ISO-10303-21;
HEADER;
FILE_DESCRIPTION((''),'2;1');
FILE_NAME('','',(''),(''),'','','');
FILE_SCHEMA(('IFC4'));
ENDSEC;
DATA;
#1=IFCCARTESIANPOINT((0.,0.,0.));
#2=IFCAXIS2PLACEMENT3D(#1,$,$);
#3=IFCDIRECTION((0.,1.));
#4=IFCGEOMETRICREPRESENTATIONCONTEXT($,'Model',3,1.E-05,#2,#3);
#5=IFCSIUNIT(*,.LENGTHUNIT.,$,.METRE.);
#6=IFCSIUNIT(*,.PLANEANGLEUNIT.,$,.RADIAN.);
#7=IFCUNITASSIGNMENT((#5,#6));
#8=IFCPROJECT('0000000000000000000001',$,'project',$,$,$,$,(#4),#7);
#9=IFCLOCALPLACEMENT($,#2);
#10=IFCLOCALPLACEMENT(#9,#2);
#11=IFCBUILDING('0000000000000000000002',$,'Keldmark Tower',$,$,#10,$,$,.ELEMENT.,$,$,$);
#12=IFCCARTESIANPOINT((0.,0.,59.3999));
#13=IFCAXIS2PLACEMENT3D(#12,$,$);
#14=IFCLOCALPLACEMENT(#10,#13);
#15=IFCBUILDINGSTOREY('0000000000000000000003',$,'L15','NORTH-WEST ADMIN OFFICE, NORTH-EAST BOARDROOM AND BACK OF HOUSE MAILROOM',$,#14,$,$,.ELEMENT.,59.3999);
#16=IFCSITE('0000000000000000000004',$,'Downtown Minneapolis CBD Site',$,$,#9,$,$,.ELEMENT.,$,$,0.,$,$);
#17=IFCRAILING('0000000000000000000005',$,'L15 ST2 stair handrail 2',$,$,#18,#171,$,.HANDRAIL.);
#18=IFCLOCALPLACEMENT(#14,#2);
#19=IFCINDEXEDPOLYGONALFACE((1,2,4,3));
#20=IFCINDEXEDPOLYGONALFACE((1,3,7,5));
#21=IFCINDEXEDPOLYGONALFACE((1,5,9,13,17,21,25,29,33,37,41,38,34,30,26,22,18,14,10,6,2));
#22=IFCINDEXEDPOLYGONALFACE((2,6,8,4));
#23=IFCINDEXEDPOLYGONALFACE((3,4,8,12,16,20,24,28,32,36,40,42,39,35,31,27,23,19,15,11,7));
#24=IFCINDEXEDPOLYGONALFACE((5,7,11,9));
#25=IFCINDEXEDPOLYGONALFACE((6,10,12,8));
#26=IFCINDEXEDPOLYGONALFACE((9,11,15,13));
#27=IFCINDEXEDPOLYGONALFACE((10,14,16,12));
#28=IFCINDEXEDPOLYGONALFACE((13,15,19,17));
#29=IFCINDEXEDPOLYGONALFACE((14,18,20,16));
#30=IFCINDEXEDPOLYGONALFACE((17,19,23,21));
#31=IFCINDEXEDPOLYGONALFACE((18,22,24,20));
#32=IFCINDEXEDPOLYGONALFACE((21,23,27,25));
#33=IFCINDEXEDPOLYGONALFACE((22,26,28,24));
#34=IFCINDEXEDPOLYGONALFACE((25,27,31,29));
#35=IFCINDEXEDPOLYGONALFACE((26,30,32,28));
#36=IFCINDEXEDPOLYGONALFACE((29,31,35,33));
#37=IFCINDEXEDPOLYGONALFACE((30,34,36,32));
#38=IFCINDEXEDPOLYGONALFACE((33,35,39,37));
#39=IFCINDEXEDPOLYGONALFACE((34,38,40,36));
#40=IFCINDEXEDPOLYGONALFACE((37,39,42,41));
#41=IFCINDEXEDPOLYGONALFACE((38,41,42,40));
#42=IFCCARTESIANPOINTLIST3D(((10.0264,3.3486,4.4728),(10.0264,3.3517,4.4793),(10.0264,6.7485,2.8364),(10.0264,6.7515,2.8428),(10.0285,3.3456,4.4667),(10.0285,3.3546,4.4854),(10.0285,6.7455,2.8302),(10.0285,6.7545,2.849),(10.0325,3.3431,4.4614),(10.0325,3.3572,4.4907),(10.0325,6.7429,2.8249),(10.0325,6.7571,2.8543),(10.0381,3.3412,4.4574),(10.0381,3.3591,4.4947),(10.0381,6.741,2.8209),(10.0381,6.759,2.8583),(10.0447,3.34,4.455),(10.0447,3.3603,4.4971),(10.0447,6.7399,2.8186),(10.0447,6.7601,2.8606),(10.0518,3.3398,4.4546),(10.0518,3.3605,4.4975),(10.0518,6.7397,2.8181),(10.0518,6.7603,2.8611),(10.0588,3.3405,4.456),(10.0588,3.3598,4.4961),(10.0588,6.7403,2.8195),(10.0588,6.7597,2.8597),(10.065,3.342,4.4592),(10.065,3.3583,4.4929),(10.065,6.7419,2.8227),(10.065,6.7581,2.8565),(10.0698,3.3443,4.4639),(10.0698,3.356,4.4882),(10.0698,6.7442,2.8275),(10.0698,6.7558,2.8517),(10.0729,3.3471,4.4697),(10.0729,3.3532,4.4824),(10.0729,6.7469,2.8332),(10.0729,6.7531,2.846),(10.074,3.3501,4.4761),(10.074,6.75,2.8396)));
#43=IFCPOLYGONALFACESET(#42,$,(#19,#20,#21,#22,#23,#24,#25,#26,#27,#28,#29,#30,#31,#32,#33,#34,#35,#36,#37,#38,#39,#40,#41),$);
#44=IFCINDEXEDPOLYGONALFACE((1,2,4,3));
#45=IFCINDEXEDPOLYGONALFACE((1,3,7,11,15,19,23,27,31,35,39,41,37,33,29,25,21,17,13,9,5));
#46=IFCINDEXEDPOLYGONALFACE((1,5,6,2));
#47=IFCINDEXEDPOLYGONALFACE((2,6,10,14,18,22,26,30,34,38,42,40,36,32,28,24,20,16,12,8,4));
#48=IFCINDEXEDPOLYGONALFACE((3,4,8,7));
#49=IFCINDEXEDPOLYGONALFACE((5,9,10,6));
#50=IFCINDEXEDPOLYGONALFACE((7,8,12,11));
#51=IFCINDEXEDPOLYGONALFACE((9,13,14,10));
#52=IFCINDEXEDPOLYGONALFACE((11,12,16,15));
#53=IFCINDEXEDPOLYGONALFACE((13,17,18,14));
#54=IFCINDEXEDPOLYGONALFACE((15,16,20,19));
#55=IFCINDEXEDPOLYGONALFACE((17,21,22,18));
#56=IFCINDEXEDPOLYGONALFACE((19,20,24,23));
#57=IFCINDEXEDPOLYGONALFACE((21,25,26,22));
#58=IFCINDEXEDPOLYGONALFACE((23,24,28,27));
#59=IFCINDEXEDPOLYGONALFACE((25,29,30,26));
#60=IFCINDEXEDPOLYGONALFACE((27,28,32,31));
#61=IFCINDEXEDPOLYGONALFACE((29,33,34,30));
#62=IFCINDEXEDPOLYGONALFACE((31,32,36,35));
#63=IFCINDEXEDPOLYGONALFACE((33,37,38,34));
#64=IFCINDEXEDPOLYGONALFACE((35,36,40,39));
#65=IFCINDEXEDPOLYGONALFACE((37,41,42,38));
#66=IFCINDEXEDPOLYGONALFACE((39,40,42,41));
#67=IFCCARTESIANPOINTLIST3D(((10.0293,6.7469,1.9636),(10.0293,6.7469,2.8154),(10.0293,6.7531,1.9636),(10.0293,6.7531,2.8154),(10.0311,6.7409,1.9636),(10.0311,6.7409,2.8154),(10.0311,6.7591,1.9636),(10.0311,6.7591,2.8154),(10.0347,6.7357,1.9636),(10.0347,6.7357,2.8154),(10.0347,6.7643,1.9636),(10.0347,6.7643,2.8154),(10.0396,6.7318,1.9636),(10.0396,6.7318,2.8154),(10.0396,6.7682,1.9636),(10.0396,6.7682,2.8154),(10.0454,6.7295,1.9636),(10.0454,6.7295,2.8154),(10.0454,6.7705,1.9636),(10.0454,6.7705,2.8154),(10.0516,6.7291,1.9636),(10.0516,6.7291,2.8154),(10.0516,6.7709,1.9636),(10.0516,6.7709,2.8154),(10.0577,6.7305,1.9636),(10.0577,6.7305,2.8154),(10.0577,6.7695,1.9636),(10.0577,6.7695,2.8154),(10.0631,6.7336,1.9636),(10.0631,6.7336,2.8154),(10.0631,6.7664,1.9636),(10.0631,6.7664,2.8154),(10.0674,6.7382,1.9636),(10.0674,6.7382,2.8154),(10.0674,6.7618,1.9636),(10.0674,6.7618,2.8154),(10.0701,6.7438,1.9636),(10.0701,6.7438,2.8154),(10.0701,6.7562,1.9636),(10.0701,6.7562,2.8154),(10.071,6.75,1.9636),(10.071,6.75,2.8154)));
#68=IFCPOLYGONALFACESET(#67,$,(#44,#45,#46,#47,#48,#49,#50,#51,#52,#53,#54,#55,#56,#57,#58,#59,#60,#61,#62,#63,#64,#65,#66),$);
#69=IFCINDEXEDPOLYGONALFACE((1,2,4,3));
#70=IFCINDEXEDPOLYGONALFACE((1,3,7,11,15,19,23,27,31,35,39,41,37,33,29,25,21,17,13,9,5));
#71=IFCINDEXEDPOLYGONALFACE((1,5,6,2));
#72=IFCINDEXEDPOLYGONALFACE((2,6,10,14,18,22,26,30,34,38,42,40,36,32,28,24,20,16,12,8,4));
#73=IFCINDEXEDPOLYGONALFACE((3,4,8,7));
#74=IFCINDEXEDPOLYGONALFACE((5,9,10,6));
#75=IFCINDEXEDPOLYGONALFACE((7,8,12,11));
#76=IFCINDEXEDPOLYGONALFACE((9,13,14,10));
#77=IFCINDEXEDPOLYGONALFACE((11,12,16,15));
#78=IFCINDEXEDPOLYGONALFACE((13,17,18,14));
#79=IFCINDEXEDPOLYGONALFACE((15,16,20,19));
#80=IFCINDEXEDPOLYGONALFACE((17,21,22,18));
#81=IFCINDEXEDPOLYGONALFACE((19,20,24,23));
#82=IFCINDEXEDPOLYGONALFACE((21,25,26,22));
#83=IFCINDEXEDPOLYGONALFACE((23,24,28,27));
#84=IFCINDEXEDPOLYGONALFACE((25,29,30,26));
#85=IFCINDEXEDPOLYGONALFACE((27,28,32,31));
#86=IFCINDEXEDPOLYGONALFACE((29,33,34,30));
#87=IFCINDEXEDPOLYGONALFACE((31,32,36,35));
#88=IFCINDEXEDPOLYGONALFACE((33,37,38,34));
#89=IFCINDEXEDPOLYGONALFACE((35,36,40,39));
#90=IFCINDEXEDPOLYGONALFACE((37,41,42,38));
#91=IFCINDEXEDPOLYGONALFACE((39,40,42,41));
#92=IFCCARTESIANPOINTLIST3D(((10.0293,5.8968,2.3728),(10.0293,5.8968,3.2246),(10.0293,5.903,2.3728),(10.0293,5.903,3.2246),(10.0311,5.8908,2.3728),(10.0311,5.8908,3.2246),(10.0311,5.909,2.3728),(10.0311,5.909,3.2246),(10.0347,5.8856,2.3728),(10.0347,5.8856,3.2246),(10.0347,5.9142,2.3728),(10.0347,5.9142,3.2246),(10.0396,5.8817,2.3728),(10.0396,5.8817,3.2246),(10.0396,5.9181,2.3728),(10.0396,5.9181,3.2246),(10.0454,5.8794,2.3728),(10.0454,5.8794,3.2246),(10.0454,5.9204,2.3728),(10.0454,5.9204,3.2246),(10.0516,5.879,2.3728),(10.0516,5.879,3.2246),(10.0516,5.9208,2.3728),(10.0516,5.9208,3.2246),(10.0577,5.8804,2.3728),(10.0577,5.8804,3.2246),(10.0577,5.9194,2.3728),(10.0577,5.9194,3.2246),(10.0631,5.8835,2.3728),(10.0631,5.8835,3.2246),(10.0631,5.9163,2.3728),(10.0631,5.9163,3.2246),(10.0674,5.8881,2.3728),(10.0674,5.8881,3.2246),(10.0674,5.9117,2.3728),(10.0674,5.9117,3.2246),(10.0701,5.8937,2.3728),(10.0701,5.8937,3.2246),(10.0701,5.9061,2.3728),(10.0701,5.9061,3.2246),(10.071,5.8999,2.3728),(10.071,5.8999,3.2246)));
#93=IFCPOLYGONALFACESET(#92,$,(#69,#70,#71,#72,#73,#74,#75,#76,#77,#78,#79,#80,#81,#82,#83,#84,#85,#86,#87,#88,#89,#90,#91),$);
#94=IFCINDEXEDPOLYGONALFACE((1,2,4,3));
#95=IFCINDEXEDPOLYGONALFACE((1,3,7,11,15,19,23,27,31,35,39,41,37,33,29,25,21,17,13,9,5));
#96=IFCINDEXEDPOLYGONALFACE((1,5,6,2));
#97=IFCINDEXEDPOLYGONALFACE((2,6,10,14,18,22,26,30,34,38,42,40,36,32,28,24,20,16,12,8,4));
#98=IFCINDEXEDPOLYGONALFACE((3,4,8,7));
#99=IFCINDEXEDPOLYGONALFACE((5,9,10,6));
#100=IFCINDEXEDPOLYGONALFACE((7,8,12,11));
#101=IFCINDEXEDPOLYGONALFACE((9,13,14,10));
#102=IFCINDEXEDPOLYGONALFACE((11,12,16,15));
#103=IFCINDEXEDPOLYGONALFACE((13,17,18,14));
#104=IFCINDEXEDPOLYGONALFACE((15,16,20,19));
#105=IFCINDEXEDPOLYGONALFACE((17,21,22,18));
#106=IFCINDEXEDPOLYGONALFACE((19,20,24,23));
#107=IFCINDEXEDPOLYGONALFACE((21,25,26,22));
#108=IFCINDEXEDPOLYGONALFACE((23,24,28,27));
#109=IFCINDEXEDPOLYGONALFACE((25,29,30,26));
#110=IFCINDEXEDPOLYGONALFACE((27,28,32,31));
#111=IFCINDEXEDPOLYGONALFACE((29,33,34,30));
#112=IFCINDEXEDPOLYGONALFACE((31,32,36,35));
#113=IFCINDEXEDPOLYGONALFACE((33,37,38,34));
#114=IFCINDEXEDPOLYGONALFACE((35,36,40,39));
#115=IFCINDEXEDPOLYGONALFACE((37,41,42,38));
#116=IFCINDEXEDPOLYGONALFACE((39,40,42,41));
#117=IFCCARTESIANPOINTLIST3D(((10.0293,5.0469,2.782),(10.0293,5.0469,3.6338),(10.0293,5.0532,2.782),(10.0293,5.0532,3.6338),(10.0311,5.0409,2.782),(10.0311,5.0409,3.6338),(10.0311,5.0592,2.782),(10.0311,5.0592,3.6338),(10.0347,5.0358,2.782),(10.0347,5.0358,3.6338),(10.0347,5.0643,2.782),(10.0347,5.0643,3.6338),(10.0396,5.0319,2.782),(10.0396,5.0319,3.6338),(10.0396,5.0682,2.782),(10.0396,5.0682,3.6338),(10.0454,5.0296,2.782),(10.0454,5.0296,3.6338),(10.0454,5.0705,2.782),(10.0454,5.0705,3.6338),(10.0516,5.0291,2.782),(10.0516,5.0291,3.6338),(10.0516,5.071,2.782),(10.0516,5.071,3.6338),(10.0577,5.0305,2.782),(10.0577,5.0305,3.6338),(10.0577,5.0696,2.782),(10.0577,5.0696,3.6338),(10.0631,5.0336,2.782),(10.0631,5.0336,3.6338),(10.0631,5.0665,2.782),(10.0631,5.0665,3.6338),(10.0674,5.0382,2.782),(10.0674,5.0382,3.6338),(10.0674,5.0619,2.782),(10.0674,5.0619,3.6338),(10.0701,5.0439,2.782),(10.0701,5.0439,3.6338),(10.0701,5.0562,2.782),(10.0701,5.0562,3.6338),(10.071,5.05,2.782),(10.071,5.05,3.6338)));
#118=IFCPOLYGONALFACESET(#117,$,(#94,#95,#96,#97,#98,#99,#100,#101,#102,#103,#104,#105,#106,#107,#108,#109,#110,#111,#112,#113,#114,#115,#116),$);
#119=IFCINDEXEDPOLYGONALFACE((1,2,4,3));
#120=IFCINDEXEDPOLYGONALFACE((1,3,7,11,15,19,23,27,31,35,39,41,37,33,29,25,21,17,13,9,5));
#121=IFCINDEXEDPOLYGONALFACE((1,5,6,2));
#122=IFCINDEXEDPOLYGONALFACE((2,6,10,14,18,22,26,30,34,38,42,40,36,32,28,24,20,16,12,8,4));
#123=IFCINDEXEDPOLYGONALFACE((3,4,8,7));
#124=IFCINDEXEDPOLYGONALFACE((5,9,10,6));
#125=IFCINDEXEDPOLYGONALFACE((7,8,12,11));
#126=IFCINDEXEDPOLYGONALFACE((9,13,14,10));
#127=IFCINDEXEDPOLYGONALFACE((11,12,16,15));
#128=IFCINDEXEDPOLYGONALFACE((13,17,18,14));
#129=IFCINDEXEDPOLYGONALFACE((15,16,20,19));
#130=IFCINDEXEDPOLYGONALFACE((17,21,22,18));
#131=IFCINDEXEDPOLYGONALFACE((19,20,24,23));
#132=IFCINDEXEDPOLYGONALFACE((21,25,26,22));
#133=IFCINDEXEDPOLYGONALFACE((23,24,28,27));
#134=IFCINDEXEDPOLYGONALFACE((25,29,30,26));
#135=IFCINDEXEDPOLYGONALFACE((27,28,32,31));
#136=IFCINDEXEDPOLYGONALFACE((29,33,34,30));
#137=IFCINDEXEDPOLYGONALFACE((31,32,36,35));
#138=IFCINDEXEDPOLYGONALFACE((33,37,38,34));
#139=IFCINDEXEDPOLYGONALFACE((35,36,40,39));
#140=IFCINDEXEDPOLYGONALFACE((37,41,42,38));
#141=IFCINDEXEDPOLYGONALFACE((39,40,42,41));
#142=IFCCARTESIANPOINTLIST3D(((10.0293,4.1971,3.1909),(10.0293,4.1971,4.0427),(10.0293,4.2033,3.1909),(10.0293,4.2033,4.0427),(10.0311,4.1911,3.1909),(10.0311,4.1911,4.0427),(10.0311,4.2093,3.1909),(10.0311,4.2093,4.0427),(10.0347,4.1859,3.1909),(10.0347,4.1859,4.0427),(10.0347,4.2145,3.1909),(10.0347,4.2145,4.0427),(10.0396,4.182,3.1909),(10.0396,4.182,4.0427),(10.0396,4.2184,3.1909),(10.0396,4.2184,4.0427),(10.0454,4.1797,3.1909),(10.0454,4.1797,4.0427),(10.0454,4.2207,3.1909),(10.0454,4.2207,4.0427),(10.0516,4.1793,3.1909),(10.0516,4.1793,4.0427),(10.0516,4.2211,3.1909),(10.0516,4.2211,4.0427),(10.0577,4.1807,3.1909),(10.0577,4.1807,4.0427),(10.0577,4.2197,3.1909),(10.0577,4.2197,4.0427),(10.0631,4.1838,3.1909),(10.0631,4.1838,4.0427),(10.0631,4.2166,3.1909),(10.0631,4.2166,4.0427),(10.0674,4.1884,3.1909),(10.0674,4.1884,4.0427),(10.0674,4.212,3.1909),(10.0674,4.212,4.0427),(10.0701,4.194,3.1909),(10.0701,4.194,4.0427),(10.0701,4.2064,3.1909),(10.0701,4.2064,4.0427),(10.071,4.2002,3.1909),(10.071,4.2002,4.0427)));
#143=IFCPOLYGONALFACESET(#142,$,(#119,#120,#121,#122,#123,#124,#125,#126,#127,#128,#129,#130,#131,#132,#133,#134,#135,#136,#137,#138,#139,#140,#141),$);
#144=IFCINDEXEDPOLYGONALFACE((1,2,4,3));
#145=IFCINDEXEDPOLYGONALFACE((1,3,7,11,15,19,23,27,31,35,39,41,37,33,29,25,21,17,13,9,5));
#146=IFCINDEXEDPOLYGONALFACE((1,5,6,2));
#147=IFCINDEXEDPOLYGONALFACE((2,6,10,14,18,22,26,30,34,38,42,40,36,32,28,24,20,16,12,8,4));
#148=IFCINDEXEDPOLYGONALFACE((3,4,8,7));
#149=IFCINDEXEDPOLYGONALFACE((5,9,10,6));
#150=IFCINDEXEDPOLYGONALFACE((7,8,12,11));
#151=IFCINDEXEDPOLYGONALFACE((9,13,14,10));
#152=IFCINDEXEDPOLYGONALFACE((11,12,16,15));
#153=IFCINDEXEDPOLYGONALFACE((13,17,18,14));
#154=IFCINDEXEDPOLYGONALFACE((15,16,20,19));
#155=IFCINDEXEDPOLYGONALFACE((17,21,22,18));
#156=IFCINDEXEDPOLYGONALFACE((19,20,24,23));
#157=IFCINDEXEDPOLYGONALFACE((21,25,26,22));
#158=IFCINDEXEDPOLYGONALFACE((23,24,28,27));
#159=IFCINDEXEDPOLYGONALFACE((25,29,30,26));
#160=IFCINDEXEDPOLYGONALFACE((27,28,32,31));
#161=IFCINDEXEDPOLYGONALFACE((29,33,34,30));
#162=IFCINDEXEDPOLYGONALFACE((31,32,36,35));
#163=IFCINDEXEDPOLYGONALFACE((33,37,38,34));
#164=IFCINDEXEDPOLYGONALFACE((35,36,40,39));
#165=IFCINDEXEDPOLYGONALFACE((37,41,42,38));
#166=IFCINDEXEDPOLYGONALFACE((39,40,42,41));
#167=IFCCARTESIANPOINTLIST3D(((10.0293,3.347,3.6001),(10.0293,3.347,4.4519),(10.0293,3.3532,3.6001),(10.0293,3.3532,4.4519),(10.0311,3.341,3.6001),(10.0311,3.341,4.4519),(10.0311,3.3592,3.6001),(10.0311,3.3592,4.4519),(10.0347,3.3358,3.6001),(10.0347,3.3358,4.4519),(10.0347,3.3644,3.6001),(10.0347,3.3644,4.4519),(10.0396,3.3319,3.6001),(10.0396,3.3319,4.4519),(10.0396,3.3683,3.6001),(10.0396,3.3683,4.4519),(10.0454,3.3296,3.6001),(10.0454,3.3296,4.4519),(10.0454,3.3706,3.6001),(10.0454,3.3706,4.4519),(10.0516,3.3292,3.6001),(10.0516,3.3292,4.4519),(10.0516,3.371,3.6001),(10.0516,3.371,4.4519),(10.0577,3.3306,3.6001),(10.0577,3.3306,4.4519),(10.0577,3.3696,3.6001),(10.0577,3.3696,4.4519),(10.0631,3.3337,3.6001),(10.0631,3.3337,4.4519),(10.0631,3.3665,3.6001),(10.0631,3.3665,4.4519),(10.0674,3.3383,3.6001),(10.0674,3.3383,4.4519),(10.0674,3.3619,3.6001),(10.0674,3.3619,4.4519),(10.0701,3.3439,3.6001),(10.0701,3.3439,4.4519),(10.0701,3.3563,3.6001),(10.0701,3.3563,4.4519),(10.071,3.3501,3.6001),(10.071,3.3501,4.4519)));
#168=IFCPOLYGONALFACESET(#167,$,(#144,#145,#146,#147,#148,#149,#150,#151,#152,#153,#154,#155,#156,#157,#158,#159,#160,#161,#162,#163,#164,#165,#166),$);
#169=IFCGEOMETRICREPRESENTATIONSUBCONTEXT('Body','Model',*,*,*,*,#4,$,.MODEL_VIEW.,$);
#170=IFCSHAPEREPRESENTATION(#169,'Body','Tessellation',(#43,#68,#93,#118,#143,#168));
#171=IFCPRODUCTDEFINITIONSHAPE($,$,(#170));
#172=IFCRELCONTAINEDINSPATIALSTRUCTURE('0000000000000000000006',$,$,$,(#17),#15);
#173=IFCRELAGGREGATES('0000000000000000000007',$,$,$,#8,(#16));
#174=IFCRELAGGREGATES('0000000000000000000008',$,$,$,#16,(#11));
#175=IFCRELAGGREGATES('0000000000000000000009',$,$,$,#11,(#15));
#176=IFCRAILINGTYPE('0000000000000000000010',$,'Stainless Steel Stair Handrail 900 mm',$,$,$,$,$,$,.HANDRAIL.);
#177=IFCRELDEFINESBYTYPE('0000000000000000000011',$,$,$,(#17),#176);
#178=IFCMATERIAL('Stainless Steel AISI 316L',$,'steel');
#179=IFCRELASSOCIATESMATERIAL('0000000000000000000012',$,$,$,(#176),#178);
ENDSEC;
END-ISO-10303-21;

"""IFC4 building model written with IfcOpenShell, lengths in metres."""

from ifc_helpers import new_model, si_unit, direction, frame, origin, origin_2d, place, context, subcontext, project, spatial, circle, extrude, material, type_object, element, save


model = new_model("IFC4")

# Units and contexts
model_context = context("Model", 3, precision=1e-05, world=origin(), true_north=direction((0.0, 1.0)))
body_context = subcontext(model_context, "Body", "Model", "MODEL_VIEW")
ifc_project = project(units=[si_unit("LENGTHUNIT", "METRE"), si_unit("PLANEANGLEUNIT", "RADIAN")], contexts=[model_context])

# Site, building, storey
site_placement = place(None, origin())
site = spatial("IfcSite", under=ifc_project, at=site_placement, Name="Downtown Minneapolis CBD Site", CompositionType="ELEMENT", RefElevation=0.0)
building_placement = place(site_placement, origin())
building = spatial("IfcBuilding", under=site, at=building_placement, Name="Keldmark Tower", CompositionType="ELEMENT")
storey_placement = place(building_placement, frame((0.0, 0.0, 59.3999)))
storey = spatial("IfcBuildingStorey", under=building, at=storey_placement, Name="L15", Description="NORTH-WEST ADMIN OFFICE, NORTH-EAST BOARDROOM AND BACK OF HOUSE MAILROOM", CompositionType="ELEMENT", Elevation=59.3999)

# Railing
ifc_material_1 = material(Name="Stainless Steel AISI 316L", Category="steel")
railing_type_1 = type_object("IfcRailingType", Name="Stainless Steel Stair Handrail 900 mm", PredefinedType="HANDRAIL", material=ifc_material_1)
railing_1_placement = place(storey_placement, frame((10.05, 6.75, 1.9636)))
element("IfcRailing", 1, at=railing_1_placement, inside=storey, type_object=railing_type_1, Name="L15 ST2 stair handrail 2", PredefinedType="HANDRAIL", context=body_context, shape_type="SweptSolid", body=[
    extrude(circle(Radius=0.0239, at=origin_2d()), frame((0.0, 0.0, 0.876), z_axis=(0.0, -0.901055, 0.433705), x_axis=(1.0, 0.0, 0.0)), (0.0, 0.0, 1.0), 3.7732),
    extrude(circle(Radius=0.021, at=origin_2d()), origin(), (0.0, 0.0, 1.0), 0.8518),
    extrude(circle(Radius=0.021, at=origin_2d()), frame((0.0, -0.8501, 0.4092)), (0.0, 0.0, 1.0), 0.8518),
    extrude(circle(Radius=0.021, at=origin_2d()), frame((0.0, -1.7, 0.8184)), (0.0, 0.0, 1.0), 0.8518),
    extrude(circle(Radius=0.021, at=origin_2d()), frame((0.0, -2.5498, 1.2273)), (0.0, 0.0, 1.0), 0.8518),
    extrude(circle(Radius=0.021, at=origin_2d()), frame((0.0, -3.3999, 1.6365)), (0.0, 0.0, 1.0), 0.8518),
])

save(model, "model.ifc")
